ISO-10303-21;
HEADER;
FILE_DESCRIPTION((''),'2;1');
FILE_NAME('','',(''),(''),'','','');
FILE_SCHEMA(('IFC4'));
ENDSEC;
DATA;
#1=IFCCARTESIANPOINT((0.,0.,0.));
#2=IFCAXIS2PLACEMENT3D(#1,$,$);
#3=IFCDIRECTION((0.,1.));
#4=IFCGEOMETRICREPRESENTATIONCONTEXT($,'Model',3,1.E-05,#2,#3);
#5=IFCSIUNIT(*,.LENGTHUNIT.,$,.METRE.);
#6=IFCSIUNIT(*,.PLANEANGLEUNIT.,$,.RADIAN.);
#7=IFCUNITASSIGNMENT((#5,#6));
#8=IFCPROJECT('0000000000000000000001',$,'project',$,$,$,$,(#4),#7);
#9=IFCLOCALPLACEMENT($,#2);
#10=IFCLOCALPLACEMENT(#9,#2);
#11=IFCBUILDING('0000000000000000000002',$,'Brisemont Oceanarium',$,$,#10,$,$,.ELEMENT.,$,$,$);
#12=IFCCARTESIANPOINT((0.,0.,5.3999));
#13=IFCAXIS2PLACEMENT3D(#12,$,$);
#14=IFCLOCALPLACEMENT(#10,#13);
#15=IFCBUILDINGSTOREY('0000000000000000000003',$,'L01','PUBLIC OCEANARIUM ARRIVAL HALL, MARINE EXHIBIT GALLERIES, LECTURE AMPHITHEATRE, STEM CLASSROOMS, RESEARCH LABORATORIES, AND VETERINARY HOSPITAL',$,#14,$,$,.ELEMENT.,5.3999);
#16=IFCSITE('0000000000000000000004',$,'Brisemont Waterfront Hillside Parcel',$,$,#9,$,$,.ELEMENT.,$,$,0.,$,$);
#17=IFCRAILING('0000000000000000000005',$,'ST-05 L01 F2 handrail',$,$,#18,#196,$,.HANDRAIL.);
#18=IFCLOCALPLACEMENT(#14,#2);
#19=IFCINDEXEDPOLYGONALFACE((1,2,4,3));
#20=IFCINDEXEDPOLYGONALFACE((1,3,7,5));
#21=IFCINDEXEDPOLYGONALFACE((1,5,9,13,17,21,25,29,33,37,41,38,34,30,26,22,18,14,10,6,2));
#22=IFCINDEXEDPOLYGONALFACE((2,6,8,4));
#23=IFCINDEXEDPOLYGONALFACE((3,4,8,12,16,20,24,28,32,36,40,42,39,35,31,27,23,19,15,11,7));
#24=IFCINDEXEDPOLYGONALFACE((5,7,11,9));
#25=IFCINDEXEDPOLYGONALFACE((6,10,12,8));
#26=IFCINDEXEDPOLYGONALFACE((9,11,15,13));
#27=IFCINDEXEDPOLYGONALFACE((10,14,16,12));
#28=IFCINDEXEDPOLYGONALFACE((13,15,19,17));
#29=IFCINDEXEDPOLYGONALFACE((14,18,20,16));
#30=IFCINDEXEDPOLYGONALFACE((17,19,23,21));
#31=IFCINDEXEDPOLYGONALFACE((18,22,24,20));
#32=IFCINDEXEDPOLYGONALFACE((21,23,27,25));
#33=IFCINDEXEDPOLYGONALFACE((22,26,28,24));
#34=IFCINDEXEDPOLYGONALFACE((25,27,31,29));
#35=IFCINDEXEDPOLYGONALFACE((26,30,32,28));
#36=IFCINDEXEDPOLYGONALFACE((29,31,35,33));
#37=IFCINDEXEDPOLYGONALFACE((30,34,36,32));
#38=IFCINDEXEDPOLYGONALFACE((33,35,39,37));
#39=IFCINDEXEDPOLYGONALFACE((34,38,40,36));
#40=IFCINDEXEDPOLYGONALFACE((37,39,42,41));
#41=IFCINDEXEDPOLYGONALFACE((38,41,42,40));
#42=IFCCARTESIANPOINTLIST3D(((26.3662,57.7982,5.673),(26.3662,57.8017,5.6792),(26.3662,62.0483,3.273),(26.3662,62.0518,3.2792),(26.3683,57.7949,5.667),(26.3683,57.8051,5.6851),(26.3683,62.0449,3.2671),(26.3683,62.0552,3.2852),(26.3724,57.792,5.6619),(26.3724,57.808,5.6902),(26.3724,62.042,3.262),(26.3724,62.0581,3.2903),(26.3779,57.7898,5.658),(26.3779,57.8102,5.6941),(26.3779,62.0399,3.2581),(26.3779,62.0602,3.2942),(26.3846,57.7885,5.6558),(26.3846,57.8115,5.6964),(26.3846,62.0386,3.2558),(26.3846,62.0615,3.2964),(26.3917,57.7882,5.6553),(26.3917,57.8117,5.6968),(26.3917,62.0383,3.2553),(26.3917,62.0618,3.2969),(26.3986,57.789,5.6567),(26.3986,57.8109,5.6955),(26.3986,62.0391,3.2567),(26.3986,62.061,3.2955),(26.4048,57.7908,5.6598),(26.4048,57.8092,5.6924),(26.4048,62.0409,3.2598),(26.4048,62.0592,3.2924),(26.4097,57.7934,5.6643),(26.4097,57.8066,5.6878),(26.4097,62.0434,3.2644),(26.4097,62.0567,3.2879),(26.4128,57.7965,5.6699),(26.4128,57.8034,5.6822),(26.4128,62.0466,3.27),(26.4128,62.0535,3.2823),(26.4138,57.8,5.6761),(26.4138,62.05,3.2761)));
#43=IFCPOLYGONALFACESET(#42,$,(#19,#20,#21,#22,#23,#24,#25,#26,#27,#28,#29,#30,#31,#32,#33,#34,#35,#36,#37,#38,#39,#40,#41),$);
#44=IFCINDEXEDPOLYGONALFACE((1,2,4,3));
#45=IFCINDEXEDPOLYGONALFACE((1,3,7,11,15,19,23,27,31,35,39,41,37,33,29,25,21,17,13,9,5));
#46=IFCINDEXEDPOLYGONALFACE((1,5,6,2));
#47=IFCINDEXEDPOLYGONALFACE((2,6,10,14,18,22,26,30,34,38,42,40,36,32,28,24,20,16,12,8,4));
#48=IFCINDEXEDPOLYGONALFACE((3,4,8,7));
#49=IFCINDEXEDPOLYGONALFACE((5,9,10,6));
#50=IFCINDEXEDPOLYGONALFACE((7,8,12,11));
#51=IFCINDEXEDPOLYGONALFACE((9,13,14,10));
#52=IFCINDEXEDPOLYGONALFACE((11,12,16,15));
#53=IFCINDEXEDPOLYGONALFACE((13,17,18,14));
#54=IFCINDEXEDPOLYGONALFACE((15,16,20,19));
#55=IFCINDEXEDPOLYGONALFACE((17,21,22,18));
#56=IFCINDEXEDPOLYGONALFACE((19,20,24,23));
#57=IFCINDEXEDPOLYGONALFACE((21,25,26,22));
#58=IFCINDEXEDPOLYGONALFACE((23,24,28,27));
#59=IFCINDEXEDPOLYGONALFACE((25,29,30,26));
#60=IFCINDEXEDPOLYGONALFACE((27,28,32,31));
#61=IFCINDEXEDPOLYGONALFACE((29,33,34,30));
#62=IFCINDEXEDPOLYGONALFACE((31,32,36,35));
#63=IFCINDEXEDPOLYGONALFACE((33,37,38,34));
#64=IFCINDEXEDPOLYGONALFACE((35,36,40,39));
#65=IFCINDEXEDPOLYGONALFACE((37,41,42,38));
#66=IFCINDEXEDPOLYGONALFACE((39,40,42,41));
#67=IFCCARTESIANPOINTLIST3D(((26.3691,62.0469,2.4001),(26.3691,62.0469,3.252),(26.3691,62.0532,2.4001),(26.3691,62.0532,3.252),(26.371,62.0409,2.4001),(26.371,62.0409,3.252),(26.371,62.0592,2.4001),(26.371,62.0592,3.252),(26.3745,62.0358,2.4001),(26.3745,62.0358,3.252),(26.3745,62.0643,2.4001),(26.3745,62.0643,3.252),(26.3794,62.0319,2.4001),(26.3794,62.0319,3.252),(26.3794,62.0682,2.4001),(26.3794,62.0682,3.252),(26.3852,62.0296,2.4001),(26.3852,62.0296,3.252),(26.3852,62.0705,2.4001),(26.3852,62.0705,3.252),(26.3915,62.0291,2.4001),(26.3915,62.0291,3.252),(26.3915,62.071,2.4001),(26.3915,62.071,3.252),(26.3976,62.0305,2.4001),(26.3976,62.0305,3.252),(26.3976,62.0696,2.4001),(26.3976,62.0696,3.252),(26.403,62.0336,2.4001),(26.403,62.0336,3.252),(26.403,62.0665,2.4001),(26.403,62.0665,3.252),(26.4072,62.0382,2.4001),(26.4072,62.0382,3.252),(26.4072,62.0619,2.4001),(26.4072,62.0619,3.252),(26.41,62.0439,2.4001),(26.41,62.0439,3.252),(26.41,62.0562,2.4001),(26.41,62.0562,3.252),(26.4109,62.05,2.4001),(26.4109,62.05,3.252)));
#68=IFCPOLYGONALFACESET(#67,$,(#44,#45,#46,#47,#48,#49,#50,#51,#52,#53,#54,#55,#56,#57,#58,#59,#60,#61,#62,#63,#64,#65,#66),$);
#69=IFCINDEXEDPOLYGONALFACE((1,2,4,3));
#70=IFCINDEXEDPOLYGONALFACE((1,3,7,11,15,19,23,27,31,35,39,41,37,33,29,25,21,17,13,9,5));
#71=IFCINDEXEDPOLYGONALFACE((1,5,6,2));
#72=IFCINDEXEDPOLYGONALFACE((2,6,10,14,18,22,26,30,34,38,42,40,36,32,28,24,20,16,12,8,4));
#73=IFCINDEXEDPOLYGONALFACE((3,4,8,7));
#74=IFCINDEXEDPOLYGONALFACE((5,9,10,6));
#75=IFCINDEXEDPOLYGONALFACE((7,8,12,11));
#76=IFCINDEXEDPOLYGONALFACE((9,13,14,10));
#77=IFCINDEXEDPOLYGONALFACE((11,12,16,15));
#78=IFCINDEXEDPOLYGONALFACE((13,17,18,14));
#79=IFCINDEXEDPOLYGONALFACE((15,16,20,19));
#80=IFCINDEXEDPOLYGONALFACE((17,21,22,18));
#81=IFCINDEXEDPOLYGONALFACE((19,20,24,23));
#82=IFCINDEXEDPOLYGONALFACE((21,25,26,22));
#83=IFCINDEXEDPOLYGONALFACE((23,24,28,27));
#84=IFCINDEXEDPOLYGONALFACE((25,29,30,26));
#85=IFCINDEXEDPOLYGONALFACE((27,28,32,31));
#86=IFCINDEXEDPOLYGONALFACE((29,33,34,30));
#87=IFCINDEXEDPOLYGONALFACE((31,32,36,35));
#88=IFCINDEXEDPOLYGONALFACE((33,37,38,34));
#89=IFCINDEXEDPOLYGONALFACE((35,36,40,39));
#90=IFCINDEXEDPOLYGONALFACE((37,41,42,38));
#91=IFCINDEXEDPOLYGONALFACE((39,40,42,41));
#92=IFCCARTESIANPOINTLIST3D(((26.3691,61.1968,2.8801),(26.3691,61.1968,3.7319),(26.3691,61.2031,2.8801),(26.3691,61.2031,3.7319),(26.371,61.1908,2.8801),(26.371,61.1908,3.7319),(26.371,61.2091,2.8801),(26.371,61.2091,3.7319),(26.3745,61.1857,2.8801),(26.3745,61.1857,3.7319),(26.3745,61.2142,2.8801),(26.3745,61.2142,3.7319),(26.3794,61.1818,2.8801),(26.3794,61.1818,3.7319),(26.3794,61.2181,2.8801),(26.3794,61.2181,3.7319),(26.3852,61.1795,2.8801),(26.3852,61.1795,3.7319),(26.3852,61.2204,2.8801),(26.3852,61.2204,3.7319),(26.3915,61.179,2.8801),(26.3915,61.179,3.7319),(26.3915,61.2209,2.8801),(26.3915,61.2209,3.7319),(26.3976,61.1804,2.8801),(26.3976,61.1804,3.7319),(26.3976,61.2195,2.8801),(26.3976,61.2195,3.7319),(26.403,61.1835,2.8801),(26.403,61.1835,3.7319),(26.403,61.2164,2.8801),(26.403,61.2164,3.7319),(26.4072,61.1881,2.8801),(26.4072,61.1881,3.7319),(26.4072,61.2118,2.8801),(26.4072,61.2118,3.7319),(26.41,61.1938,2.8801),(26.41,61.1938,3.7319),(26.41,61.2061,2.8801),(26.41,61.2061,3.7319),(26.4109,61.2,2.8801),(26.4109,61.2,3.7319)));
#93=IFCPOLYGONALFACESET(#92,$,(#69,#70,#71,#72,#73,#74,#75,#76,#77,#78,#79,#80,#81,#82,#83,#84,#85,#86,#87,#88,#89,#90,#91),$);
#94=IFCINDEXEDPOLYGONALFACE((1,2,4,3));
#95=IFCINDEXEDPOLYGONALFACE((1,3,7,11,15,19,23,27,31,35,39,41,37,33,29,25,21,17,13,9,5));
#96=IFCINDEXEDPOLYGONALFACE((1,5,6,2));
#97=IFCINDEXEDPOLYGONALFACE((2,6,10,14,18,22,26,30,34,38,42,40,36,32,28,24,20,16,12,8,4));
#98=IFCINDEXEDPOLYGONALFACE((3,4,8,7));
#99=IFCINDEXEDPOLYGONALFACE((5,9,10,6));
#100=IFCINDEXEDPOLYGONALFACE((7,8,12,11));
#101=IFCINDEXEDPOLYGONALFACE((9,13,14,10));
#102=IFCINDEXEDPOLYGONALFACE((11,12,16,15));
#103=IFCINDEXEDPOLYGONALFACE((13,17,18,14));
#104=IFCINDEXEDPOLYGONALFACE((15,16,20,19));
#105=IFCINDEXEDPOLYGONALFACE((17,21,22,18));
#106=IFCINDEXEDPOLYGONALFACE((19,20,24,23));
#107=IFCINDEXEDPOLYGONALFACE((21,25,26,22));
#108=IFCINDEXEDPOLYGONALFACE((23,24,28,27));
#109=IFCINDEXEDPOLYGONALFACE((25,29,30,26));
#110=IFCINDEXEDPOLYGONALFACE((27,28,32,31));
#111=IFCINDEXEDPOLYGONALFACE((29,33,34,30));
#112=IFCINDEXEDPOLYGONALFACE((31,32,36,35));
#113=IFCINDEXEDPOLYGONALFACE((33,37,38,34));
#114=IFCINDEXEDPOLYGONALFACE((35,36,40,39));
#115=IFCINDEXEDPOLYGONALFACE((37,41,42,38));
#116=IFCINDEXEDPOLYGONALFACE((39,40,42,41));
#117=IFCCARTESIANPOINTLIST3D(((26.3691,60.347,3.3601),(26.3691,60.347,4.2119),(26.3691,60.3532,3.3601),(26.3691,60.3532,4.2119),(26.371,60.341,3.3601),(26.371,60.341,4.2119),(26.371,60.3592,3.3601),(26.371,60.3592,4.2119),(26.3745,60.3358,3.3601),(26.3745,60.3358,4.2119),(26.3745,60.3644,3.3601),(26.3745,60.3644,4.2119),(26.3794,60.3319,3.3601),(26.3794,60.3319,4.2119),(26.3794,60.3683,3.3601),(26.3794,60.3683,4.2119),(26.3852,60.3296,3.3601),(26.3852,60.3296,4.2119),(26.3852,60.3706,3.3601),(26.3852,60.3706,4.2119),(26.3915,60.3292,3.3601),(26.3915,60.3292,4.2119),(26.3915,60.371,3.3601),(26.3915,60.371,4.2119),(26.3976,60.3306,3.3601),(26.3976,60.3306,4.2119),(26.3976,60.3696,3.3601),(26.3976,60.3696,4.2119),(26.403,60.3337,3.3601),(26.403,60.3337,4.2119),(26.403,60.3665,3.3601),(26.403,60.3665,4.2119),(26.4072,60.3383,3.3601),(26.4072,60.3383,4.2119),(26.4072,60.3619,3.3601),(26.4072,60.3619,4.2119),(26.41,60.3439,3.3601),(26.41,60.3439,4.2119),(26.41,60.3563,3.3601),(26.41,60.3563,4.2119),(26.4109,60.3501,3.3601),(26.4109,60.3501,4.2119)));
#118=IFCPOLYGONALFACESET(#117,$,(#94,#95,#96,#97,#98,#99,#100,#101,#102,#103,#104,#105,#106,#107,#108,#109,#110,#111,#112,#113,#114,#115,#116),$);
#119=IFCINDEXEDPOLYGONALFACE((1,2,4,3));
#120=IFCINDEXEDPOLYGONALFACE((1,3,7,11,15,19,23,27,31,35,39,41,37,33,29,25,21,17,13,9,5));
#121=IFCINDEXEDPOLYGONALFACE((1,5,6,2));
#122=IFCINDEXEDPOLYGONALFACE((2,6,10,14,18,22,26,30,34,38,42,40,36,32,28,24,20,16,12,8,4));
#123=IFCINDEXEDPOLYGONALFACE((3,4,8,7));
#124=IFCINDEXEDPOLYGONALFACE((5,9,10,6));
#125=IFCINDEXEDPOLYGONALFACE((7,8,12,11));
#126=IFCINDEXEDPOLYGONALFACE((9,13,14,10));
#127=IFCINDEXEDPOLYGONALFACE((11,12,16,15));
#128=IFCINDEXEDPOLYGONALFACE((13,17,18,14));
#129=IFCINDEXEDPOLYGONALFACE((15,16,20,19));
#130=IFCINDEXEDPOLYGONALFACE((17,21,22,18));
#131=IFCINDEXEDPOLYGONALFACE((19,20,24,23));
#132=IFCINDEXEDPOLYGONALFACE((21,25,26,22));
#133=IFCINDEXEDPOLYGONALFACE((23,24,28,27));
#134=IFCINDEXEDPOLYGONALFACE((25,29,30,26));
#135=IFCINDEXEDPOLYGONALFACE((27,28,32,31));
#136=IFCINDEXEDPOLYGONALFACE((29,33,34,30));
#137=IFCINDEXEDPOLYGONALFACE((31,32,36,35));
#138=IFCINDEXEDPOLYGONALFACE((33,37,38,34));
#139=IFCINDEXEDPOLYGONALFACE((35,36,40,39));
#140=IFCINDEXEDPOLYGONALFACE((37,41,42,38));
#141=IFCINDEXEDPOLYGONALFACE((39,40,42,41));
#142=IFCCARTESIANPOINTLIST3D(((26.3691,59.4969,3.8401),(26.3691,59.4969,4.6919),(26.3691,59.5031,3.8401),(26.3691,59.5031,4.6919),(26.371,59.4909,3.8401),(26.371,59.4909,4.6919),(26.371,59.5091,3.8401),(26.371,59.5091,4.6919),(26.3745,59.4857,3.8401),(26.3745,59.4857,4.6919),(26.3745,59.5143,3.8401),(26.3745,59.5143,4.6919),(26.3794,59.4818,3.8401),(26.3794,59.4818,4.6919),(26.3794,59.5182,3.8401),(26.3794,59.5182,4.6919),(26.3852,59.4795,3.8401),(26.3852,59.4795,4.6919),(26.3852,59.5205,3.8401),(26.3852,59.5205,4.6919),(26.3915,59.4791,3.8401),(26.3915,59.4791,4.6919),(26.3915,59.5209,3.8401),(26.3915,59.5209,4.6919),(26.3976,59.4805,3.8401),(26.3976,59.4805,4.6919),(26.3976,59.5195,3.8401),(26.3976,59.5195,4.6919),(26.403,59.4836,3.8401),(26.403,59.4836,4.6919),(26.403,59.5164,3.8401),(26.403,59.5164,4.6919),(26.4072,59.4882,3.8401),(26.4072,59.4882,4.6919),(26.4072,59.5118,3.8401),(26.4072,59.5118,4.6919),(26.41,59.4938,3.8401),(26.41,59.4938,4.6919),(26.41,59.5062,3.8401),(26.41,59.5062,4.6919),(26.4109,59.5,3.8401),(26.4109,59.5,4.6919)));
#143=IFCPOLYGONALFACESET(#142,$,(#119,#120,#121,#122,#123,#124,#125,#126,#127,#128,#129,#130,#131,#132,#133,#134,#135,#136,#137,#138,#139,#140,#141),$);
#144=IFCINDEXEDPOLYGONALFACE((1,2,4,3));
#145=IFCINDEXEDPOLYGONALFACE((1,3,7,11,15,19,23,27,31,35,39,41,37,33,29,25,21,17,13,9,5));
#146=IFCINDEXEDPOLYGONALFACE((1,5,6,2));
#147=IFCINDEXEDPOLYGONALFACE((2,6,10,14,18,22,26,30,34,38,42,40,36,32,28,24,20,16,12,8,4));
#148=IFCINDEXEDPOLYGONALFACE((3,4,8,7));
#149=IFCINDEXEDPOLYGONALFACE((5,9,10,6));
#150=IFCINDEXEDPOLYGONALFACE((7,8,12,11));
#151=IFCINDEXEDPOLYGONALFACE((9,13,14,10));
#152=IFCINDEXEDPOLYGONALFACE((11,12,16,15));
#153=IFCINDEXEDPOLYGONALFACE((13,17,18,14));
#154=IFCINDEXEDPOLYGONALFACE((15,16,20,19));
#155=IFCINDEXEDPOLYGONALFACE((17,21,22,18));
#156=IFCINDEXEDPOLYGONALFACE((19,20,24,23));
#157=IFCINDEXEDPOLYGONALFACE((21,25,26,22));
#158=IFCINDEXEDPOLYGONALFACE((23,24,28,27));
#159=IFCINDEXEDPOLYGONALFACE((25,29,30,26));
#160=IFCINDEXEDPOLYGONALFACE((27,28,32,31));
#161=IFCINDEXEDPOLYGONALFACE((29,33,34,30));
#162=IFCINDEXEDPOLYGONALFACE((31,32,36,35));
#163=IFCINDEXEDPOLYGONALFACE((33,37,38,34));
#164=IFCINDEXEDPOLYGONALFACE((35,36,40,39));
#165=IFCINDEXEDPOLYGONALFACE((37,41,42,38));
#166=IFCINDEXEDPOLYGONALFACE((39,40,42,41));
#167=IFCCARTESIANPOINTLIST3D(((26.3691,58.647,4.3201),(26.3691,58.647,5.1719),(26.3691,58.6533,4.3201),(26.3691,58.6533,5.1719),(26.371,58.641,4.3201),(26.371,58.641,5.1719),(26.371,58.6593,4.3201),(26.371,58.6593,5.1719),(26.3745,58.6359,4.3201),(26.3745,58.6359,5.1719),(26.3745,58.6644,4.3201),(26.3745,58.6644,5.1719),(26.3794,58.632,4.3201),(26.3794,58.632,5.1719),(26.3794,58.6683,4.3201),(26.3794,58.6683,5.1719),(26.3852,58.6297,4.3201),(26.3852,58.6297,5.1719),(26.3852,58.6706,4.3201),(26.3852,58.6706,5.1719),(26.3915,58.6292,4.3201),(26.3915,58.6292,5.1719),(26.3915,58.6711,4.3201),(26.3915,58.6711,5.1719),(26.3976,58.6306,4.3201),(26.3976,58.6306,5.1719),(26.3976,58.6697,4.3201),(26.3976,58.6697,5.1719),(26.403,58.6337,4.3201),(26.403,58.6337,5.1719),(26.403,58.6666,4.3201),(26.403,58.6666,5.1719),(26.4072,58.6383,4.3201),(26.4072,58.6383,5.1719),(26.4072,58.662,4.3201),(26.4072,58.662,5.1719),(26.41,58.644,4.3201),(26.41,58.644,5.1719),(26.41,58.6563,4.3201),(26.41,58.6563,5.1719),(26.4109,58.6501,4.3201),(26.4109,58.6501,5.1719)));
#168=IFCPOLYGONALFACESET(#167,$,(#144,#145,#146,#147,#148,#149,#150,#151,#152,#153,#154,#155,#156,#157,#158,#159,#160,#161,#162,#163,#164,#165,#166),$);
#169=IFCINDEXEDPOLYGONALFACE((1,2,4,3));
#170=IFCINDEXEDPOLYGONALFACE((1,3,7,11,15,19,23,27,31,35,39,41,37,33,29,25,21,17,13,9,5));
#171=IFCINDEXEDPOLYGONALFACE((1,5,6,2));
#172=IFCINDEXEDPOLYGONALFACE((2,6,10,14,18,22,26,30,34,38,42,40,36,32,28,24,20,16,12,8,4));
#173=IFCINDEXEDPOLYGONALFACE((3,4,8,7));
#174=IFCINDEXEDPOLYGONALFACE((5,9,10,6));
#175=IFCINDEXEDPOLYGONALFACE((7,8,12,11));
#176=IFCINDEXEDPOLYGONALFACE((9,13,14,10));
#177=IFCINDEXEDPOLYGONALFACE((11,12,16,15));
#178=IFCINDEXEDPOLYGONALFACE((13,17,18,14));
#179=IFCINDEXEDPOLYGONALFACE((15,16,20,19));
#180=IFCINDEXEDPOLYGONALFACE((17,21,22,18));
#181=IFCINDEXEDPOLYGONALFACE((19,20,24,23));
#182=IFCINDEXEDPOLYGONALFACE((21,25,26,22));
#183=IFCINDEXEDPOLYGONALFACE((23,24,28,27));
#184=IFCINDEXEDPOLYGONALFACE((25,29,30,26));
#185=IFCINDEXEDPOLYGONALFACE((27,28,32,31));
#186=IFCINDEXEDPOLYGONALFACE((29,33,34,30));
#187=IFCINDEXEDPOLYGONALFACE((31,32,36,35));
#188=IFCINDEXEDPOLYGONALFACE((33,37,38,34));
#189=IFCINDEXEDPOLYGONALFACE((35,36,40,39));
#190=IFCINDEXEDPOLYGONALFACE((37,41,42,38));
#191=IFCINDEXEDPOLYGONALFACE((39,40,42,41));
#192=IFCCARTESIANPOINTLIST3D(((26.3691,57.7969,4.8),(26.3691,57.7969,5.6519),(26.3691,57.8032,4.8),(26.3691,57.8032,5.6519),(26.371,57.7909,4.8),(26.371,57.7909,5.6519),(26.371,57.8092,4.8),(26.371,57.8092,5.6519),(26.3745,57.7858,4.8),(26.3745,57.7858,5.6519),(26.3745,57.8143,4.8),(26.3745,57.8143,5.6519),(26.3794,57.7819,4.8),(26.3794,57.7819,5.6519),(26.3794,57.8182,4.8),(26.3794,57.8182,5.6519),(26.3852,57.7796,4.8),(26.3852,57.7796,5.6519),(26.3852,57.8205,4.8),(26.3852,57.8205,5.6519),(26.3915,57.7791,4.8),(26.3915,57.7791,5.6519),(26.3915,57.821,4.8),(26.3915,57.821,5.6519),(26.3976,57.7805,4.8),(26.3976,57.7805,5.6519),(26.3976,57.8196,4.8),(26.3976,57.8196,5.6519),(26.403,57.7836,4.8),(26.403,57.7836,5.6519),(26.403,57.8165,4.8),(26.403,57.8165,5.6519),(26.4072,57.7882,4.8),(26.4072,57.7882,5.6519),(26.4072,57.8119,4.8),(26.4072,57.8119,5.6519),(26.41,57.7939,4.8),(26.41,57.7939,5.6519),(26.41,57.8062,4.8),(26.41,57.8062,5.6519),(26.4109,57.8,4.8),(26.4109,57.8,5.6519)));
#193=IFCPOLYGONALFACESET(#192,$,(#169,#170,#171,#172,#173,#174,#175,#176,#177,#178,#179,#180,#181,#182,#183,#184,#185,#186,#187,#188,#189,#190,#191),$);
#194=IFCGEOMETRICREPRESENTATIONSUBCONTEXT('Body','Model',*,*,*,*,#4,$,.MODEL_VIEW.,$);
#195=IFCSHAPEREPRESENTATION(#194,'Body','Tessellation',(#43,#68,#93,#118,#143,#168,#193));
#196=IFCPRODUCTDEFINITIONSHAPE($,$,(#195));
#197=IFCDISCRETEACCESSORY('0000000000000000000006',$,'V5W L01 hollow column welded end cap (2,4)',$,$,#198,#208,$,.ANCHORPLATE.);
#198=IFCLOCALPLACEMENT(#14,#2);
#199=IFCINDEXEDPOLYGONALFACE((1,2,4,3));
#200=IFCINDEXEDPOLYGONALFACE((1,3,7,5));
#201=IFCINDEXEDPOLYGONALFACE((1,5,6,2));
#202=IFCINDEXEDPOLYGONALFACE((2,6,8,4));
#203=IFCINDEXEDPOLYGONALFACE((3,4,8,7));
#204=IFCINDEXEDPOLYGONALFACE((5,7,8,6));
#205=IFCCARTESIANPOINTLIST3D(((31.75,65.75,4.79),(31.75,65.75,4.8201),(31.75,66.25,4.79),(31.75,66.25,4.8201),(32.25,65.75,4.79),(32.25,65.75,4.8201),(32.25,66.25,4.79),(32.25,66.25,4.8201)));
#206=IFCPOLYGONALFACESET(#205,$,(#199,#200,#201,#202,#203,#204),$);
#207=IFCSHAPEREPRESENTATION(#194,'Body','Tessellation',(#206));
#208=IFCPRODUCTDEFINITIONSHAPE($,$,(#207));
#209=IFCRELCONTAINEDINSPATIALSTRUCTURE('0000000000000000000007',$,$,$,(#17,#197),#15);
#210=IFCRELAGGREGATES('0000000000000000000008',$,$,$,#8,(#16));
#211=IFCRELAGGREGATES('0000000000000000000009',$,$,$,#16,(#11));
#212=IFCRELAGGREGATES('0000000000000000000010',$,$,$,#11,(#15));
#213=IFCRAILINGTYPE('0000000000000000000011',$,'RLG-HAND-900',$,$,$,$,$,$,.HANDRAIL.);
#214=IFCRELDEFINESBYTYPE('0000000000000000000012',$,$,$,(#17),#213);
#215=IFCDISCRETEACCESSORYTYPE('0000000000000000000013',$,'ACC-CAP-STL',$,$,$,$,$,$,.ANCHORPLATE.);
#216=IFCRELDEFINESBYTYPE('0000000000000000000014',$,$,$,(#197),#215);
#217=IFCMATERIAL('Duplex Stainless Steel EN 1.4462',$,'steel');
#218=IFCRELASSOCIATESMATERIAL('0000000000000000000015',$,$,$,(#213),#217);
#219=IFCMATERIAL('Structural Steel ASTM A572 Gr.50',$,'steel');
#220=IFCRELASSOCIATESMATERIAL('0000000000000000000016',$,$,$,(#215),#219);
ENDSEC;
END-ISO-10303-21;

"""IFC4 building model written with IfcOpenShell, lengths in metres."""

from ifc_helpers import new_model, si_unit, direction, frame, origin, origin_2d, place, context, subcontext, project, spatial, rectangle, circle, extrude, material, type_object, element, save


model = new_model("IFC4")

# Units and contexts
model_context = context("Model", 3, precision=1e-05, world=origin(), true_north=direction((0.0, 1.0)))
body_context = subcontext(model_context, "Body", "Model", "MODEL_VIEW")
ifc_project = project(units=[si_unit("LENGTHUNIT", "METRE"), si_unit("PLANEANGLEUNIT", "RADIAN")], contexts=[model_context])

# Site, building, storey
site_placement = place(None, origin())
site = spatial("IfcSite", under=ifc_project, at=site_placement, Name="Brisemont Waterfront Hillside Parcel", CompositionType="ELEMENT", RefElevation=0.0)
building_placement = place(site_placement, origin())
building = spatial("IfcBuilding", under=site, at=building_placement, Name="Brisemont Oceanarium", CompositionType="ELEMENT")
storey_placement = place(building_placement, frame((0.0, 0.0, 5.3999)))
storey = spatial("IfcBuildingStorey", under=building, at=storey_placement, Name="L01", Description="PUBLIC OCEANARIUM ARRIVAL HALL, MARINE EXHIBIT GALLERIES, LECTURE AMPHITHEATRE, STEM CLASSROOMS, RESEARCH LABORATORIES, AND VETERINARY HOSPITAL", CompositionType="ELEMENT", Elevation=5.3999)

# Railing
ifc_material_1 = material(Name="Duplex Stainless Steel EN 1.4462", Category="steel")
railing_type_1 = type_object("IfcRailingType", Name="RLG-HAND-900", PredefinedType="HANDRAIL", material=ifc_material_1)
railing_1_placement = place(storey_placement, frame((26.3899, 62.05, 2.4001)))
element("IfcRailing", 1, at=railing_1_placement, inside=storey, type_object=railing_type_1, Name="ST-05 L01 F2 handrail", PredefinedType="HANDRAIL", context=body_context, shape_type="SweptSolid", body=[
    extrude(circle(Radius=0.0239, at=origin_2d()), frame((0.0, 0.0, 0.876), z_axis=(0.0, -0.870762, 0.491704), x_axis=(1.0, 0.0, 0.0)), (0.0, 0.0, 1.0), 4.8809),
    extrude(circle(Radius=0.021, at=origin_2d()), origin(), (0.0, 0.0, 1.0), 0.8518),
    extrude(circle(Radius=0.021, at=origin_2d()), frame((0.0, -0.8501, 0.48)), (0.0, 0.0, 1.0), 0.8518),
    extrude(circle(Radius=0.021, at=origin_2d()), frame((0.0, -1.7, 0.96)), (0.0, 0.0, 1.0), 0.8518),
    extrude(circle(Radius=0.021, at=origin_2d()), frame((0.0, -2.55, 1.4399)), (0.0, 0.0, 1.0), 0.8518),
    extrude(circle(Radius=0.021, at=origin_2d()), frame((0.0, -3.3999, 1.9199)), (0.0, 0.0, 1.0), 0.8518),
    extrude(circle(Radius=0.021, at=origin_2d()), frame((0.0, -4.25, 2.3999)), (0.0, 0.0, 1.0), 0.8518),
])

# Discrete accessory
ifc_material_2 = material(Name="Structural Steel ASTM A572 Gr.50", Category="steel")
discrete_accessory_type = type_object("IfcDiscreteAccessoryType", Name="ACC-CAP-STL", PredefinedType="ANCHORPLATE", material=ifc_material_2)
for number, where, z_axis, x_axis, name in (
    (2, (32.0, 66.0, 4.79), (0.0, 0.0, 1.0), (1.0, 0.0, 0.0), "V5W L01 hollow column welded end cap (2,4)"),
):
    element("IfcDiscreteAccessory", number, at=place(storey_placement, frame(where, z_axis=z_axis, x_axis=x_axis)), inside=storey, type_object=discrete_accessory_type, Name=name, PredefinedType="ANCHORPLATE", context=body_context, shape_type="SweptSolid", body=[
        extrude(rectangle(XDim=0.5, YDim=0.5, at=origin_2d()), origin(), (0.0, 0.0, 1.0), 0.03),
    ])

save(model, "model.ifc")
